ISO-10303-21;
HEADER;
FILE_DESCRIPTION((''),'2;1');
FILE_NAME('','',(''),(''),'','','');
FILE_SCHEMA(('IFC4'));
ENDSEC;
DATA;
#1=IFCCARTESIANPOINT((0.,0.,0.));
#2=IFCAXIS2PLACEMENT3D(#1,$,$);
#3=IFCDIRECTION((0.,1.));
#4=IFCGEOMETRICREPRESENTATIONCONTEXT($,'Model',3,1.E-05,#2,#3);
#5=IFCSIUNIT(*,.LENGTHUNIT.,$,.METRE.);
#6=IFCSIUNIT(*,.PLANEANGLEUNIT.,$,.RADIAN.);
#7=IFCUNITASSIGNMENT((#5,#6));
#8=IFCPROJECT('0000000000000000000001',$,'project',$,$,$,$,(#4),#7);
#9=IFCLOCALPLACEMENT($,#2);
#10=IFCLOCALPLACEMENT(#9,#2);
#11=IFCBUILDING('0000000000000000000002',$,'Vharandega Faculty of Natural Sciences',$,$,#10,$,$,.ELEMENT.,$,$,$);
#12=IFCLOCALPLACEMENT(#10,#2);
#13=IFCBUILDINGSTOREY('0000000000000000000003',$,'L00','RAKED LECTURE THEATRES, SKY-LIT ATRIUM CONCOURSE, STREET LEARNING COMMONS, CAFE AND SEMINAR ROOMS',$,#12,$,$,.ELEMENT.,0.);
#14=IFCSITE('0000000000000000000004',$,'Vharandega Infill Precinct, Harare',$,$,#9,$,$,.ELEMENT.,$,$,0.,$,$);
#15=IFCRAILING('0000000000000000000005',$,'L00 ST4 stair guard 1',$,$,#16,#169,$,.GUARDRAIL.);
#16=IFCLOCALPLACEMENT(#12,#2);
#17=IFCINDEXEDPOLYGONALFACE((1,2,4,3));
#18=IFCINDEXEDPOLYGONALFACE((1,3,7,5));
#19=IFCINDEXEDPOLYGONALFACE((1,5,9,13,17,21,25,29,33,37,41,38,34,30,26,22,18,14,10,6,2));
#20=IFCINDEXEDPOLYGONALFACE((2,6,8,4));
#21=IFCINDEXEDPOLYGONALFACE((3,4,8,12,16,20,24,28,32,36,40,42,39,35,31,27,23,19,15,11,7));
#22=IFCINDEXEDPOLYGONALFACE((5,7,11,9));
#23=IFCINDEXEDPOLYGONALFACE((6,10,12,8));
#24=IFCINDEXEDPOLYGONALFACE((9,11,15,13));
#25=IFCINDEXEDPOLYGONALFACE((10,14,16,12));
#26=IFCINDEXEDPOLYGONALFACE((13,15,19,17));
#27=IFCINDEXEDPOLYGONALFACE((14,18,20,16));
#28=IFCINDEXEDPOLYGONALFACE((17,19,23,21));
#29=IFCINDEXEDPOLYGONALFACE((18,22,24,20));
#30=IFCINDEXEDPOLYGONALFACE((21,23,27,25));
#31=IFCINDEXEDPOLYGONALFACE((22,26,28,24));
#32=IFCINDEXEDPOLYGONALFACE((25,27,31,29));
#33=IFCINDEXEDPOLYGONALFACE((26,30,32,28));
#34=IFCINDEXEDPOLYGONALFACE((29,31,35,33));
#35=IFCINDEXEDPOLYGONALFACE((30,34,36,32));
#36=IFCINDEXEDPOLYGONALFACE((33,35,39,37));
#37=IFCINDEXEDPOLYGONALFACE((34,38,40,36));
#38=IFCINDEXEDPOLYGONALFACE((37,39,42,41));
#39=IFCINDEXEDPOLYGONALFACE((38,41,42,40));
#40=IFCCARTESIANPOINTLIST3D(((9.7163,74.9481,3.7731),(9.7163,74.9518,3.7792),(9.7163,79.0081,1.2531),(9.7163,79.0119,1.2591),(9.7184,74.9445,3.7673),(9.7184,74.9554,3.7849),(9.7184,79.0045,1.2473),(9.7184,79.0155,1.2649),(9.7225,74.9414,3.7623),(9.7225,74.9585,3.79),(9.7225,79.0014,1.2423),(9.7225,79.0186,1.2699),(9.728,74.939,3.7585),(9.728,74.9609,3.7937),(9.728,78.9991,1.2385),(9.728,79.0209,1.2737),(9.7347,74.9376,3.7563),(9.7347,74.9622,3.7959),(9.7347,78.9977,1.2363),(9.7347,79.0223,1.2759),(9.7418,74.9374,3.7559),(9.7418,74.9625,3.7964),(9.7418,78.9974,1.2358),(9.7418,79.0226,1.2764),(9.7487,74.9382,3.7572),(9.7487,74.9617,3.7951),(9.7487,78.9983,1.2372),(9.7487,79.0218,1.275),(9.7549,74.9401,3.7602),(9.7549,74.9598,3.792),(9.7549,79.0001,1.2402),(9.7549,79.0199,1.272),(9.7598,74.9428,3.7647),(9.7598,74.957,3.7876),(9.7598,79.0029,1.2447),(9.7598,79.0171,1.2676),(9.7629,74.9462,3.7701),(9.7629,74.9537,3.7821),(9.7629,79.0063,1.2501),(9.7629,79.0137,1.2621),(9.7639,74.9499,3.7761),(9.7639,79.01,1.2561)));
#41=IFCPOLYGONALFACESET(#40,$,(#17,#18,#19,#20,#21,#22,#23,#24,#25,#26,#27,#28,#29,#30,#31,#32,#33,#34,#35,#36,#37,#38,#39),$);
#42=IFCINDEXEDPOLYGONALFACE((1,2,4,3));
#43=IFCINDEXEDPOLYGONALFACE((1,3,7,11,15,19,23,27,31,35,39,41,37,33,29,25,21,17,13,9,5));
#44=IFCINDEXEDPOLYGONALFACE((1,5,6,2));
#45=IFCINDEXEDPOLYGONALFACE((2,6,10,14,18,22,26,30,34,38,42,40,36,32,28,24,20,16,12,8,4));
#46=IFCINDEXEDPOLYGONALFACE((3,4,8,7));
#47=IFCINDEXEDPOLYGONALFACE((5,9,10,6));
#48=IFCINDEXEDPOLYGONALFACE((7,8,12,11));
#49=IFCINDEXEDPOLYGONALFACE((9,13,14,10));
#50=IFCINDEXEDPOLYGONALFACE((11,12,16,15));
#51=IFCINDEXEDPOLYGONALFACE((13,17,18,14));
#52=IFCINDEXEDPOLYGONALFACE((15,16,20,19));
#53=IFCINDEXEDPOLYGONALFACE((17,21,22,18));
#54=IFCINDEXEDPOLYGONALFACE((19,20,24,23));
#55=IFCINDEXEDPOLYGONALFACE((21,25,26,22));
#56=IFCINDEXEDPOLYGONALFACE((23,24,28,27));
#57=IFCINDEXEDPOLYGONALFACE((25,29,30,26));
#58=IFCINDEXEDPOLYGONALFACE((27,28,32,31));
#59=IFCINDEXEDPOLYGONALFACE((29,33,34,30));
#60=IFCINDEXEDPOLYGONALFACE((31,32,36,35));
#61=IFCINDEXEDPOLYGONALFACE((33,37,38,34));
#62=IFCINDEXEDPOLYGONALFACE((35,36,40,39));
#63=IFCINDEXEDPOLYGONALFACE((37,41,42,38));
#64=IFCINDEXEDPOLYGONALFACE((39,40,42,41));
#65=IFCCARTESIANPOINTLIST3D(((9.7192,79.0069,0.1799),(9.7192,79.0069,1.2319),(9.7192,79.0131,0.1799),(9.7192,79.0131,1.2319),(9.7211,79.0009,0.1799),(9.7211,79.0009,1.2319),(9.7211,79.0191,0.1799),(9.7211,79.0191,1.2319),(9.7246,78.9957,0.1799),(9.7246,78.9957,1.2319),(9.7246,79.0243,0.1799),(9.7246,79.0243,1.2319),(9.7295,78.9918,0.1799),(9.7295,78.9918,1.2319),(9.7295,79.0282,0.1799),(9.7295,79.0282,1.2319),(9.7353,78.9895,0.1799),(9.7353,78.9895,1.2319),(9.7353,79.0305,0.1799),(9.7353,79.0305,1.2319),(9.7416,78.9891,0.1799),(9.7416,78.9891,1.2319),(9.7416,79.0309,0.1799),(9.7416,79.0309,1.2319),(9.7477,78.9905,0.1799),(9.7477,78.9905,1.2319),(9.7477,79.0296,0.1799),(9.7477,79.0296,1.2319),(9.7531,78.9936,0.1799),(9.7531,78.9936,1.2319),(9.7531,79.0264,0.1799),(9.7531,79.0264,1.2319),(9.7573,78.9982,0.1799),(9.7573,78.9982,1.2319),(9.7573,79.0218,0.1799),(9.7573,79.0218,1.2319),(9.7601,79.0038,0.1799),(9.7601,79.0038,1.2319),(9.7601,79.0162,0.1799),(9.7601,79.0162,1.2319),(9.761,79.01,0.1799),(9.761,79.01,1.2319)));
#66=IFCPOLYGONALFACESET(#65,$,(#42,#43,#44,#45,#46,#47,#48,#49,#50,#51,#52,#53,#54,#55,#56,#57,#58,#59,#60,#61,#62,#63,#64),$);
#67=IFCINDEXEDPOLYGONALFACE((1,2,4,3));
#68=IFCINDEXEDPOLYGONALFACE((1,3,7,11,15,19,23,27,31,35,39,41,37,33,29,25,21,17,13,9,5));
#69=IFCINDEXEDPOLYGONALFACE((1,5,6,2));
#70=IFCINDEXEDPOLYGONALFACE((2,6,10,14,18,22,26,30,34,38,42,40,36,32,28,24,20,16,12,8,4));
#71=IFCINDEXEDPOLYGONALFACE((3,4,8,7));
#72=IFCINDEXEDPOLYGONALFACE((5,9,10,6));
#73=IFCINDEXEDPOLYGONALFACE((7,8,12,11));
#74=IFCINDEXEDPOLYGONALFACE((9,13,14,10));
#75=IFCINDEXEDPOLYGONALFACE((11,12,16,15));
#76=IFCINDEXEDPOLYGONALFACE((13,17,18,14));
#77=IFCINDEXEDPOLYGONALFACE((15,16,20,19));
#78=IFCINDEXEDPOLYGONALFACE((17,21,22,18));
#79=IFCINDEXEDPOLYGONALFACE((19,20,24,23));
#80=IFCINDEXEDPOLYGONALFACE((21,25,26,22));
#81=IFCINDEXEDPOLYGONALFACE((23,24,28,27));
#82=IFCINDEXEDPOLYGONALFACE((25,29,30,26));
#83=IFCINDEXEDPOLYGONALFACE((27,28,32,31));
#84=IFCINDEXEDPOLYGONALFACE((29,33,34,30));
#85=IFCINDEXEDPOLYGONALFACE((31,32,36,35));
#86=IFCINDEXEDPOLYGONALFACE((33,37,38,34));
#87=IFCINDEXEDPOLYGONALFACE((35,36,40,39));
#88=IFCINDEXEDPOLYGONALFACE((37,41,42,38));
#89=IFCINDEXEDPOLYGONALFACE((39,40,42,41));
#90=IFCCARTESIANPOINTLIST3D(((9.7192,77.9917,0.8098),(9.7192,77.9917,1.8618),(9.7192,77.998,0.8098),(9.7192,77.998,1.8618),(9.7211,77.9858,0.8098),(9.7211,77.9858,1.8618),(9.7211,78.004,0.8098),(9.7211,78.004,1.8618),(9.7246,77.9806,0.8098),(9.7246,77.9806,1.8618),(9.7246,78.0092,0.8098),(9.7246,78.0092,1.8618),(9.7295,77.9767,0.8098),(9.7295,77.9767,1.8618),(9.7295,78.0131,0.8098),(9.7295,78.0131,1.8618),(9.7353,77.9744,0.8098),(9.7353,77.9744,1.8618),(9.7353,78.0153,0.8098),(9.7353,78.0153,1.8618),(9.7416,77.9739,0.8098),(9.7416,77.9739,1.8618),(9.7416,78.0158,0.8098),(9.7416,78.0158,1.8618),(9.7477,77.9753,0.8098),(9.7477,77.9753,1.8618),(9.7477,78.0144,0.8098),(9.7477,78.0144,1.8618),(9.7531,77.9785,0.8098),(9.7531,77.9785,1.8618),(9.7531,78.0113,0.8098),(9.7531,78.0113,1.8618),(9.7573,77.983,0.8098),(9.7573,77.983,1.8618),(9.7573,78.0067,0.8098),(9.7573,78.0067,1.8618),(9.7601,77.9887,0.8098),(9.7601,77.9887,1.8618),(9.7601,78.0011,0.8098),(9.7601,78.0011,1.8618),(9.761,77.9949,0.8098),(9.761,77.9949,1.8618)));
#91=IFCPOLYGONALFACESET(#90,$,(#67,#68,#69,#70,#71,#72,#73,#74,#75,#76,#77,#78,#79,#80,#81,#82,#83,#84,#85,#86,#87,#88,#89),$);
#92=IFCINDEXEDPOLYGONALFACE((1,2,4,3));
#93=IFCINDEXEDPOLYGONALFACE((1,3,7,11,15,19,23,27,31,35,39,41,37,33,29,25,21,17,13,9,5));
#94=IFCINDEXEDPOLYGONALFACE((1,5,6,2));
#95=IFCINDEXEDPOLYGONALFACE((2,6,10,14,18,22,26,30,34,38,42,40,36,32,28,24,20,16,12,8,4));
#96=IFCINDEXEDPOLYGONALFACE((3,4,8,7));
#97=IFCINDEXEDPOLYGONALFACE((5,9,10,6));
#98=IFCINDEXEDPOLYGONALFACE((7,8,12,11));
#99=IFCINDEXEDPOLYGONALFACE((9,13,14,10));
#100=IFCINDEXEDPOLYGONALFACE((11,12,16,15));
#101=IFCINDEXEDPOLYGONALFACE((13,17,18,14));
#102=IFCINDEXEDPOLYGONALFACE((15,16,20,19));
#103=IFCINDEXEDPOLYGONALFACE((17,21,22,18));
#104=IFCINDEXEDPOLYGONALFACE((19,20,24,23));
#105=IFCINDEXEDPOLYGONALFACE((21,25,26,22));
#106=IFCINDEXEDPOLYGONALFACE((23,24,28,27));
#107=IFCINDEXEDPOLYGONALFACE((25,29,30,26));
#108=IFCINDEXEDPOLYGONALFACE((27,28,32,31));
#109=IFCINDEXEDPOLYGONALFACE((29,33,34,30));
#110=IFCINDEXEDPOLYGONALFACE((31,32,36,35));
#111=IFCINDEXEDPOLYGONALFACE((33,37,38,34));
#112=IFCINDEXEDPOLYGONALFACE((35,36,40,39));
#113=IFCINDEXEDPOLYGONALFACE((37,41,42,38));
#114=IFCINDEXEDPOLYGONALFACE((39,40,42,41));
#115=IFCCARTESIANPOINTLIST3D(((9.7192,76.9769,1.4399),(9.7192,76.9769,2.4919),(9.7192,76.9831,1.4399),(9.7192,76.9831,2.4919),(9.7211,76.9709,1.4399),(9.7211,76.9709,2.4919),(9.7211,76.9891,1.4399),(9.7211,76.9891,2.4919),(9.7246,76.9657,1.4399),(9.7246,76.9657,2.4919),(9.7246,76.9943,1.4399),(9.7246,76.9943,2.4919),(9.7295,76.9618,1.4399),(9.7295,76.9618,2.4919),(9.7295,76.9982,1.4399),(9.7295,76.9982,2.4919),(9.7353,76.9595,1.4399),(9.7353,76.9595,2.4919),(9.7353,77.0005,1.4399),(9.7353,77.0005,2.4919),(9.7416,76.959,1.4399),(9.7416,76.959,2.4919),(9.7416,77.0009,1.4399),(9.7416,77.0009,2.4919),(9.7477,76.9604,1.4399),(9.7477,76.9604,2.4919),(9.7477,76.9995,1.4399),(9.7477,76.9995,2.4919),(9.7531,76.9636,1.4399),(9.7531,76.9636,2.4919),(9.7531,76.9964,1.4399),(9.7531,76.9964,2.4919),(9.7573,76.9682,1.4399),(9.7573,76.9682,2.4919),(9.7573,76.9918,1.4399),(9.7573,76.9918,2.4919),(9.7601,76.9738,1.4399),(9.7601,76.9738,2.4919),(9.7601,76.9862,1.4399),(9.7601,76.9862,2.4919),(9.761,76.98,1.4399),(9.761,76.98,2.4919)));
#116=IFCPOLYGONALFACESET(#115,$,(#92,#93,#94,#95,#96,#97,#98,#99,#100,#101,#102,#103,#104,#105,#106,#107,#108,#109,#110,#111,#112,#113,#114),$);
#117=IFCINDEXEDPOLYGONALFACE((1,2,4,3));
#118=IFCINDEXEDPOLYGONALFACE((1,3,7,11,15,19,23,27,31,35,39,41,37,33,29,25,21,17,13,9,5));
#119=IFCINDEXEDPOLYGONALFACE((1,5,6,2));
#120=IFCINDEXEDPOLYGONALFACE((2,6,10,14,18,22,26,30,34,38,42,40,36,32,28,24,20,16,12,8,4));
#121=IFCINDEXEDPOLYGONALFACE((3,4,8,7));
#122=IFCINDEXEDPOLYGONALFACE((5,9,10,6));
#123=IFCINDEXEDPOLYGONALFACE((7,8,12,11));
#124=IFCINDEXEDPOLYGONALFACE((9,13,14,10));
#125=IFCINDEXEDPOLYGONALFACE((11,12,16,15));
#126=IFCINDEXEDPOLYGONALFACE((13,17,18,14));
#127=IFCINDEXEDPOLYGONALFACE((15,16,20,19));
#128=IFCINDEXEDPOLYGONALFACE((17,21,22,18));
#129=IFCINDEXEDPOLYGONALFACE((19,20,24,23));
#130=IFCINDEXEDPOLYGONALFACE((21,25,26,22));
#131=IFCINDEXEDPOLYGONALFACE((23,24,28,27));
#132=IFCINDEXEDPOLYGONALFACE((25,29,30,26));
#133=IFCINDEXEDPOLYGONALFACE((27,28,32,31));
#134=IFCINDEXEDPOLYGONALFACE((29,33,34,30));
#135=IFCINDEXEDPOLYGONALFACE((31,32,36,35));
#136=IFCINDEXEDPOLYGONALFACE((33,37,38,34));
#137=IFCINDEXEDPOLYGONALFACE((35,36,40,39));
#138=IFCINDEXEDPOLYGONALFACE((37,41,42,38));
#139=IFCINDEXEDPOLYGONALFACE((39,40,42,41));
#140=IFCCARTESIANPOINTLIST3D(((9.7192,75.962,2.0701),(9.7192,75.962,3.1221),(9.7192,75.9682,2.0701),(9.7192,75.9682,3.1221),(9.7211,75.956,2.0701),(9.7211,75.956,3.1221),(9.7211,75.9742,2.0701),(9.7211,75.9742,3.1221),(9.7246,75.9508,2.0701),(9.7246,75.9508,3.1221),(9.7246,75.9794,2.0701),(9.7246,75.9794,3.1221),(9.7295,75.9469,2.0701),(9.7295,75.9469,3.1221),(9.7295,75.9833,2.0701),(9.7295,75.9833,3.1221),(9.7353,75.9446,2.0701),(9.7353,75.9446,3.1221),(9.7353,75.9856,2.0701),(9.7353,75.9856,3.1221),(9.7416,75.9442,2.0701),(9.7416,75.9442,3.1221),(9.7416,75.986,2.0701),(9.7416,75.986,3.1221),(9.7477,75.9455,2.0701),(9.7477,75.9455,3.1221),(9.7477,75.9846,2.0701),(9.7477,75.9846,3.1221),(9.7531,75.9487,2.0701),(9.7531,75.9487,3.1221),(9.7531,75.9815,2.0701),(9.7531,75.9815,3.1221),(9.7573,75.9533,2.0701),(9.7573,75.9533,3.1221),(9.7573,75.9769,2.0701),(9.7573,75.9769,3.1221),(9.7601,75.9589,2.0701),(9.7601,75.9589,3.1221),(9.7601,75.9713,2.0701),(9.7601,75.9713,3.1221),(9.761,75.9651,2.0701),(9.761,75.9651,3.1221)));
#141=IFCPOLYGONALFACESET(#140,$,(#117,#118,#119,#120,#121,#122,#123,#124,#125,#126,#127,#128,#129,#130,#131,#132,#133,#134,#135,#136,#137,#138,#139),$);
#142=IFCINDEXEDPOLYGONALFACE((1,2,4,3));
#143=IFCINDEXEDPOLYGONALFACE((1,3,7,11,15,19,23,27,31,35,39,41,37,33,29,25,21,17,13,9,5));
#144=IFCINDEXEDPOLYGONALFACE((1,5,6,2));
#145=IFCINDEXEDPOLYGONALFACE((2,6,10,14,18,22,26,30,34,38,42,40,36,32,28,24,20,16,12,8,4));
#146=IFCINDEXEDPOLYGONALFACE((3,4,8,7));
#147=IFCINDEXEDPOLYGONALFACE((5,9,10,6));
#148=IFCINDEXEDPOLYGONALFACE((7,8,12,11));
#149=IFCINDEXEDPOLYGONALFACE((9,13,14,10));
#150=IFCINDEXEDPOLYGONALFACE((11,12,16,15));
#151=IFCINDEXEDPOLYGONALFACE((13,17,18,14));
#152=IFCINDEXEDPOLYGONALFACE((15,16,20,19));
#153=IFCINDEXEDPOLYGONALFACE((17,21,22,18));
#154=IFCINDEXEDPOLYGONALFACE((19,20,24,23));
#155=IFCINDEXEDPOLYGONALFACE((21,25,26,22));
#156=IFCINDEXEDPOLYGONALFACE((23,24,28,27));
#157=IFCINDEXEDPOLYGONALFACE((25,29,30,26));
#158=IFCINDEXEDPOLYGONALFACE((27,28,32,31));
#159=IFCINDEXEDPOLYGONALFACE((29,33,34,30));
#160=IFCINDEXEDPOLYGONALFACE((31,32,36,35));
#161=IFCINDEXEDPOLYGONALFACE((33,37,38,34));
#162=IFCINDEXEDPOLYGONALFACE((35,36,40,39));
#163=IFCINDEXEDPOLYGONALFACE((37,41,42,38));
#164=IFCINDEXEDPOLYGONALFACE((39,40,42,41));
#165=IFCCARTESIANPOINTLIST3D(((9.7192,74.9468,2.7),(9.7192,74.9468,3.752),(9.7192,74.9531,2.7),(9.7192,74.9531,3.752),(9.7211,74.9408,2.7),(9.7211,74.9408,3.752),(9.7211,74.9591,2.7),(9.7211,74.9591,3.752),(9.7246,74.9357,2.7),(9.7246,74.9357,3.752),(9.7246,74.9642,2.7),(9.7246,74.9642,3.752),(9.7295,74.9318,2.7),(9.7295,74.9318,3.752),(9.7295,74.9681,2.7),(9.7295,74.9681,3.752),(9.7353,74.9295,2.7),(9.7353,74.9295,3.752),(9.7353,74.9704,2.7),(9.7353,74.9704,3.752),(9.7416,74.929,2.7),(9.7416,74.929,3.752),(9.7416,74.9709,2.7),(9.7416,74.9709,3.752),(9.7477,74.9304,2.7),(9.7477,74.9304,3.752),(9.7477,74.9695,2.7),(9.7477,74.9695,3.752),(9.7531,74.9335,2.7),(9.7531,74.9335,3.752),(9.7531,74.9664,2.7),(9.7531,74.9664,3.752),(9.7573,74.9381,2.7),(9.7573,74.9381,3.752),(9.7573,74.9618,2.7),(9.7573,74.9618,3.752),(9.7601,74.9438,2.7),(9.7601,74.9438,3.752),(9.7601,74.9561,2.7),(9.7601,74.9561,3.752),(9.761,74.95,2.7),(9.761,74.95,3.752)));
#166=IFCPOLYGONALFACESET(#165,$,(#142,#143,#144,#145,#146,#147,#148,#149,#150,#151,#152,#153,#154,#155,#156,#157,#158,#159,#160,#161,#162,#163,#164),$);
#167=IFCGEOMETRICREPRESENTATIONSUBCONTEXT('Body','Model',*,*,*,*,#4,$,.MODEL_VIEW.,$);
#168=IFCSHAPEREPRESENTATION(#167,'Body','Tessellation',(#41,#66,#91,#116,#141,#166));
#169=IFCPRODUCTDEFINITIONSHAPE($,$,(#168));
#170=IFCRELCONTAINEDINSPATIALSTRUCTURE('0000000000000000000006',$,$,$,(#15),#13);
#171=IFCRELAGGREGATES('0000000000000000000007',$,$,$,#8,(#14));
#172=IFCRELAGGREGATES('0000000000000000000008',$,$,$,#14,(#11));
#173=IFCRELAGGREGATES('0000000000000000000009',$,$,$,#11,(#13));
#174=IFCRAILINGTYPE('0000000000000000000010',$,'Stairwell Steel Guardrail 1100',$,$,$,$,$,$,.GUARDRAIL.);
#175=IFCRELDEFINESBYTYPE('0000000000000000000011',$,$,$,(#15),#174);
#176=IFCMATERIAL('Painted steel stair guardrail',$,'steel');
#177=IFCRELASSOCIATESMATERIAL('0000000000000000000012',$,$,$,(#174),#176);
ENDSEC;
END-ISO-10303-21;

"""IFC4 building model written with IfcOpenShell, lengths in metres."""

from ifc_helpers import new_model, si_unit, direction, frame, origin, origin_2d, place, context, subcontext, project, spatial, circle, extrude, material, type_object, element, save


model = new_model("IFC4")

# Units and contexts
model_context = context("Model", 3, precision=1e-05, world=origin(), true_north=direction((0.0, 1.0)))
body_context = subcontext(model_context, "Body", "Model", "MODEL_VIEW")
ifc_project = project(units=[si_unit("LENGTHUNIT", "METRE"), si_unit("PLANEANGLEUNIT", "RADIAN")], contexts=[model_context])

# Site, building, storey
site_placement = place(None, origin())
site = spatial("IfcSite", under=ifc_project, at=site_placement, Name="Vharandega Infill Precinct, Harare", CompositionType="ELEMENT", RefElevation=0.0)
building_placement = place(site_placement, origin())
building = spatial("IfcBuilding", under=site, at=building_placement, Name="Vharandega Faculty of Natural Sciences", CompositionType="ELEMENT")
storey_placement = place(building_placement, origin())
storey = spatial("IfcBuildingStorey", under=building, at=storey_placement, Name="L00", Description="RAKED LECTURE THEATRES, SKY-LIT ATRIUM CONCOURSE, STREET LEARNING COMMONS, CAFE AND SEMINAR ROOMS", CompositionType="ELEMENT", Elevation=0.0)

# Railing
ifc_material_1 = material(Name="Painted steel stair guardrail", Category="steel")
railing_type_1 = type_object("IfcRailingType", Name="Stairwell Steel Guardrail 1100", PredefinedType="GUARDRAIL", material=ifc_material_1)
railing_1_placement = place(storey_placement, frame((9.74, 79.01, 0.1799)))
element("IfcRailing", 1, at=railing_1_placement, inside=storey, type_object=railing_type_1, Name="L00 ST4 stair guard 1", PredefinedType="GUARDRAIL", context=body_context, shape_type="SweptSolid", body=[
    extrude(circle(Radius=0.0239, at=origin_2d()), frame((0.0, 0.0, 1.0762), z_axis=(0.0, -0.849642, 0.52736), x_axis=(1.0, 0.0, 0.0)), (0.0, 0.0, 1.0), 4.7786),
    extrude(circle(Radius=0.021, at=origin_2d()), origin(), (0.0, 0.0, 1.0), 1.052),
    extrude(circle(Radius=0.021, at=origin_2d()), frame((0.0, -1.0151, 0.6299)), (0.0, 0.0, 1.0), 1.052),
    extrude(circle(Radius=0.021, at=origin_2d()), frame((0.0, -2.03, 1.26)), (0.0, 0.0, 1.0), 1.052),
    extrude(circle(Radius=0.021, at=origin_2d()), frame((0.0, -3.0449, 1.8901)), (0.0, 0.0, 1.0), 1.052),
    extrude(circle(Radius=0.021, at=origin_2d()), frame((0.0, -4.0601, 2.52)), (0.0, 0.0, 1.0), 1.052),
])

save(model, "model.ifc")
